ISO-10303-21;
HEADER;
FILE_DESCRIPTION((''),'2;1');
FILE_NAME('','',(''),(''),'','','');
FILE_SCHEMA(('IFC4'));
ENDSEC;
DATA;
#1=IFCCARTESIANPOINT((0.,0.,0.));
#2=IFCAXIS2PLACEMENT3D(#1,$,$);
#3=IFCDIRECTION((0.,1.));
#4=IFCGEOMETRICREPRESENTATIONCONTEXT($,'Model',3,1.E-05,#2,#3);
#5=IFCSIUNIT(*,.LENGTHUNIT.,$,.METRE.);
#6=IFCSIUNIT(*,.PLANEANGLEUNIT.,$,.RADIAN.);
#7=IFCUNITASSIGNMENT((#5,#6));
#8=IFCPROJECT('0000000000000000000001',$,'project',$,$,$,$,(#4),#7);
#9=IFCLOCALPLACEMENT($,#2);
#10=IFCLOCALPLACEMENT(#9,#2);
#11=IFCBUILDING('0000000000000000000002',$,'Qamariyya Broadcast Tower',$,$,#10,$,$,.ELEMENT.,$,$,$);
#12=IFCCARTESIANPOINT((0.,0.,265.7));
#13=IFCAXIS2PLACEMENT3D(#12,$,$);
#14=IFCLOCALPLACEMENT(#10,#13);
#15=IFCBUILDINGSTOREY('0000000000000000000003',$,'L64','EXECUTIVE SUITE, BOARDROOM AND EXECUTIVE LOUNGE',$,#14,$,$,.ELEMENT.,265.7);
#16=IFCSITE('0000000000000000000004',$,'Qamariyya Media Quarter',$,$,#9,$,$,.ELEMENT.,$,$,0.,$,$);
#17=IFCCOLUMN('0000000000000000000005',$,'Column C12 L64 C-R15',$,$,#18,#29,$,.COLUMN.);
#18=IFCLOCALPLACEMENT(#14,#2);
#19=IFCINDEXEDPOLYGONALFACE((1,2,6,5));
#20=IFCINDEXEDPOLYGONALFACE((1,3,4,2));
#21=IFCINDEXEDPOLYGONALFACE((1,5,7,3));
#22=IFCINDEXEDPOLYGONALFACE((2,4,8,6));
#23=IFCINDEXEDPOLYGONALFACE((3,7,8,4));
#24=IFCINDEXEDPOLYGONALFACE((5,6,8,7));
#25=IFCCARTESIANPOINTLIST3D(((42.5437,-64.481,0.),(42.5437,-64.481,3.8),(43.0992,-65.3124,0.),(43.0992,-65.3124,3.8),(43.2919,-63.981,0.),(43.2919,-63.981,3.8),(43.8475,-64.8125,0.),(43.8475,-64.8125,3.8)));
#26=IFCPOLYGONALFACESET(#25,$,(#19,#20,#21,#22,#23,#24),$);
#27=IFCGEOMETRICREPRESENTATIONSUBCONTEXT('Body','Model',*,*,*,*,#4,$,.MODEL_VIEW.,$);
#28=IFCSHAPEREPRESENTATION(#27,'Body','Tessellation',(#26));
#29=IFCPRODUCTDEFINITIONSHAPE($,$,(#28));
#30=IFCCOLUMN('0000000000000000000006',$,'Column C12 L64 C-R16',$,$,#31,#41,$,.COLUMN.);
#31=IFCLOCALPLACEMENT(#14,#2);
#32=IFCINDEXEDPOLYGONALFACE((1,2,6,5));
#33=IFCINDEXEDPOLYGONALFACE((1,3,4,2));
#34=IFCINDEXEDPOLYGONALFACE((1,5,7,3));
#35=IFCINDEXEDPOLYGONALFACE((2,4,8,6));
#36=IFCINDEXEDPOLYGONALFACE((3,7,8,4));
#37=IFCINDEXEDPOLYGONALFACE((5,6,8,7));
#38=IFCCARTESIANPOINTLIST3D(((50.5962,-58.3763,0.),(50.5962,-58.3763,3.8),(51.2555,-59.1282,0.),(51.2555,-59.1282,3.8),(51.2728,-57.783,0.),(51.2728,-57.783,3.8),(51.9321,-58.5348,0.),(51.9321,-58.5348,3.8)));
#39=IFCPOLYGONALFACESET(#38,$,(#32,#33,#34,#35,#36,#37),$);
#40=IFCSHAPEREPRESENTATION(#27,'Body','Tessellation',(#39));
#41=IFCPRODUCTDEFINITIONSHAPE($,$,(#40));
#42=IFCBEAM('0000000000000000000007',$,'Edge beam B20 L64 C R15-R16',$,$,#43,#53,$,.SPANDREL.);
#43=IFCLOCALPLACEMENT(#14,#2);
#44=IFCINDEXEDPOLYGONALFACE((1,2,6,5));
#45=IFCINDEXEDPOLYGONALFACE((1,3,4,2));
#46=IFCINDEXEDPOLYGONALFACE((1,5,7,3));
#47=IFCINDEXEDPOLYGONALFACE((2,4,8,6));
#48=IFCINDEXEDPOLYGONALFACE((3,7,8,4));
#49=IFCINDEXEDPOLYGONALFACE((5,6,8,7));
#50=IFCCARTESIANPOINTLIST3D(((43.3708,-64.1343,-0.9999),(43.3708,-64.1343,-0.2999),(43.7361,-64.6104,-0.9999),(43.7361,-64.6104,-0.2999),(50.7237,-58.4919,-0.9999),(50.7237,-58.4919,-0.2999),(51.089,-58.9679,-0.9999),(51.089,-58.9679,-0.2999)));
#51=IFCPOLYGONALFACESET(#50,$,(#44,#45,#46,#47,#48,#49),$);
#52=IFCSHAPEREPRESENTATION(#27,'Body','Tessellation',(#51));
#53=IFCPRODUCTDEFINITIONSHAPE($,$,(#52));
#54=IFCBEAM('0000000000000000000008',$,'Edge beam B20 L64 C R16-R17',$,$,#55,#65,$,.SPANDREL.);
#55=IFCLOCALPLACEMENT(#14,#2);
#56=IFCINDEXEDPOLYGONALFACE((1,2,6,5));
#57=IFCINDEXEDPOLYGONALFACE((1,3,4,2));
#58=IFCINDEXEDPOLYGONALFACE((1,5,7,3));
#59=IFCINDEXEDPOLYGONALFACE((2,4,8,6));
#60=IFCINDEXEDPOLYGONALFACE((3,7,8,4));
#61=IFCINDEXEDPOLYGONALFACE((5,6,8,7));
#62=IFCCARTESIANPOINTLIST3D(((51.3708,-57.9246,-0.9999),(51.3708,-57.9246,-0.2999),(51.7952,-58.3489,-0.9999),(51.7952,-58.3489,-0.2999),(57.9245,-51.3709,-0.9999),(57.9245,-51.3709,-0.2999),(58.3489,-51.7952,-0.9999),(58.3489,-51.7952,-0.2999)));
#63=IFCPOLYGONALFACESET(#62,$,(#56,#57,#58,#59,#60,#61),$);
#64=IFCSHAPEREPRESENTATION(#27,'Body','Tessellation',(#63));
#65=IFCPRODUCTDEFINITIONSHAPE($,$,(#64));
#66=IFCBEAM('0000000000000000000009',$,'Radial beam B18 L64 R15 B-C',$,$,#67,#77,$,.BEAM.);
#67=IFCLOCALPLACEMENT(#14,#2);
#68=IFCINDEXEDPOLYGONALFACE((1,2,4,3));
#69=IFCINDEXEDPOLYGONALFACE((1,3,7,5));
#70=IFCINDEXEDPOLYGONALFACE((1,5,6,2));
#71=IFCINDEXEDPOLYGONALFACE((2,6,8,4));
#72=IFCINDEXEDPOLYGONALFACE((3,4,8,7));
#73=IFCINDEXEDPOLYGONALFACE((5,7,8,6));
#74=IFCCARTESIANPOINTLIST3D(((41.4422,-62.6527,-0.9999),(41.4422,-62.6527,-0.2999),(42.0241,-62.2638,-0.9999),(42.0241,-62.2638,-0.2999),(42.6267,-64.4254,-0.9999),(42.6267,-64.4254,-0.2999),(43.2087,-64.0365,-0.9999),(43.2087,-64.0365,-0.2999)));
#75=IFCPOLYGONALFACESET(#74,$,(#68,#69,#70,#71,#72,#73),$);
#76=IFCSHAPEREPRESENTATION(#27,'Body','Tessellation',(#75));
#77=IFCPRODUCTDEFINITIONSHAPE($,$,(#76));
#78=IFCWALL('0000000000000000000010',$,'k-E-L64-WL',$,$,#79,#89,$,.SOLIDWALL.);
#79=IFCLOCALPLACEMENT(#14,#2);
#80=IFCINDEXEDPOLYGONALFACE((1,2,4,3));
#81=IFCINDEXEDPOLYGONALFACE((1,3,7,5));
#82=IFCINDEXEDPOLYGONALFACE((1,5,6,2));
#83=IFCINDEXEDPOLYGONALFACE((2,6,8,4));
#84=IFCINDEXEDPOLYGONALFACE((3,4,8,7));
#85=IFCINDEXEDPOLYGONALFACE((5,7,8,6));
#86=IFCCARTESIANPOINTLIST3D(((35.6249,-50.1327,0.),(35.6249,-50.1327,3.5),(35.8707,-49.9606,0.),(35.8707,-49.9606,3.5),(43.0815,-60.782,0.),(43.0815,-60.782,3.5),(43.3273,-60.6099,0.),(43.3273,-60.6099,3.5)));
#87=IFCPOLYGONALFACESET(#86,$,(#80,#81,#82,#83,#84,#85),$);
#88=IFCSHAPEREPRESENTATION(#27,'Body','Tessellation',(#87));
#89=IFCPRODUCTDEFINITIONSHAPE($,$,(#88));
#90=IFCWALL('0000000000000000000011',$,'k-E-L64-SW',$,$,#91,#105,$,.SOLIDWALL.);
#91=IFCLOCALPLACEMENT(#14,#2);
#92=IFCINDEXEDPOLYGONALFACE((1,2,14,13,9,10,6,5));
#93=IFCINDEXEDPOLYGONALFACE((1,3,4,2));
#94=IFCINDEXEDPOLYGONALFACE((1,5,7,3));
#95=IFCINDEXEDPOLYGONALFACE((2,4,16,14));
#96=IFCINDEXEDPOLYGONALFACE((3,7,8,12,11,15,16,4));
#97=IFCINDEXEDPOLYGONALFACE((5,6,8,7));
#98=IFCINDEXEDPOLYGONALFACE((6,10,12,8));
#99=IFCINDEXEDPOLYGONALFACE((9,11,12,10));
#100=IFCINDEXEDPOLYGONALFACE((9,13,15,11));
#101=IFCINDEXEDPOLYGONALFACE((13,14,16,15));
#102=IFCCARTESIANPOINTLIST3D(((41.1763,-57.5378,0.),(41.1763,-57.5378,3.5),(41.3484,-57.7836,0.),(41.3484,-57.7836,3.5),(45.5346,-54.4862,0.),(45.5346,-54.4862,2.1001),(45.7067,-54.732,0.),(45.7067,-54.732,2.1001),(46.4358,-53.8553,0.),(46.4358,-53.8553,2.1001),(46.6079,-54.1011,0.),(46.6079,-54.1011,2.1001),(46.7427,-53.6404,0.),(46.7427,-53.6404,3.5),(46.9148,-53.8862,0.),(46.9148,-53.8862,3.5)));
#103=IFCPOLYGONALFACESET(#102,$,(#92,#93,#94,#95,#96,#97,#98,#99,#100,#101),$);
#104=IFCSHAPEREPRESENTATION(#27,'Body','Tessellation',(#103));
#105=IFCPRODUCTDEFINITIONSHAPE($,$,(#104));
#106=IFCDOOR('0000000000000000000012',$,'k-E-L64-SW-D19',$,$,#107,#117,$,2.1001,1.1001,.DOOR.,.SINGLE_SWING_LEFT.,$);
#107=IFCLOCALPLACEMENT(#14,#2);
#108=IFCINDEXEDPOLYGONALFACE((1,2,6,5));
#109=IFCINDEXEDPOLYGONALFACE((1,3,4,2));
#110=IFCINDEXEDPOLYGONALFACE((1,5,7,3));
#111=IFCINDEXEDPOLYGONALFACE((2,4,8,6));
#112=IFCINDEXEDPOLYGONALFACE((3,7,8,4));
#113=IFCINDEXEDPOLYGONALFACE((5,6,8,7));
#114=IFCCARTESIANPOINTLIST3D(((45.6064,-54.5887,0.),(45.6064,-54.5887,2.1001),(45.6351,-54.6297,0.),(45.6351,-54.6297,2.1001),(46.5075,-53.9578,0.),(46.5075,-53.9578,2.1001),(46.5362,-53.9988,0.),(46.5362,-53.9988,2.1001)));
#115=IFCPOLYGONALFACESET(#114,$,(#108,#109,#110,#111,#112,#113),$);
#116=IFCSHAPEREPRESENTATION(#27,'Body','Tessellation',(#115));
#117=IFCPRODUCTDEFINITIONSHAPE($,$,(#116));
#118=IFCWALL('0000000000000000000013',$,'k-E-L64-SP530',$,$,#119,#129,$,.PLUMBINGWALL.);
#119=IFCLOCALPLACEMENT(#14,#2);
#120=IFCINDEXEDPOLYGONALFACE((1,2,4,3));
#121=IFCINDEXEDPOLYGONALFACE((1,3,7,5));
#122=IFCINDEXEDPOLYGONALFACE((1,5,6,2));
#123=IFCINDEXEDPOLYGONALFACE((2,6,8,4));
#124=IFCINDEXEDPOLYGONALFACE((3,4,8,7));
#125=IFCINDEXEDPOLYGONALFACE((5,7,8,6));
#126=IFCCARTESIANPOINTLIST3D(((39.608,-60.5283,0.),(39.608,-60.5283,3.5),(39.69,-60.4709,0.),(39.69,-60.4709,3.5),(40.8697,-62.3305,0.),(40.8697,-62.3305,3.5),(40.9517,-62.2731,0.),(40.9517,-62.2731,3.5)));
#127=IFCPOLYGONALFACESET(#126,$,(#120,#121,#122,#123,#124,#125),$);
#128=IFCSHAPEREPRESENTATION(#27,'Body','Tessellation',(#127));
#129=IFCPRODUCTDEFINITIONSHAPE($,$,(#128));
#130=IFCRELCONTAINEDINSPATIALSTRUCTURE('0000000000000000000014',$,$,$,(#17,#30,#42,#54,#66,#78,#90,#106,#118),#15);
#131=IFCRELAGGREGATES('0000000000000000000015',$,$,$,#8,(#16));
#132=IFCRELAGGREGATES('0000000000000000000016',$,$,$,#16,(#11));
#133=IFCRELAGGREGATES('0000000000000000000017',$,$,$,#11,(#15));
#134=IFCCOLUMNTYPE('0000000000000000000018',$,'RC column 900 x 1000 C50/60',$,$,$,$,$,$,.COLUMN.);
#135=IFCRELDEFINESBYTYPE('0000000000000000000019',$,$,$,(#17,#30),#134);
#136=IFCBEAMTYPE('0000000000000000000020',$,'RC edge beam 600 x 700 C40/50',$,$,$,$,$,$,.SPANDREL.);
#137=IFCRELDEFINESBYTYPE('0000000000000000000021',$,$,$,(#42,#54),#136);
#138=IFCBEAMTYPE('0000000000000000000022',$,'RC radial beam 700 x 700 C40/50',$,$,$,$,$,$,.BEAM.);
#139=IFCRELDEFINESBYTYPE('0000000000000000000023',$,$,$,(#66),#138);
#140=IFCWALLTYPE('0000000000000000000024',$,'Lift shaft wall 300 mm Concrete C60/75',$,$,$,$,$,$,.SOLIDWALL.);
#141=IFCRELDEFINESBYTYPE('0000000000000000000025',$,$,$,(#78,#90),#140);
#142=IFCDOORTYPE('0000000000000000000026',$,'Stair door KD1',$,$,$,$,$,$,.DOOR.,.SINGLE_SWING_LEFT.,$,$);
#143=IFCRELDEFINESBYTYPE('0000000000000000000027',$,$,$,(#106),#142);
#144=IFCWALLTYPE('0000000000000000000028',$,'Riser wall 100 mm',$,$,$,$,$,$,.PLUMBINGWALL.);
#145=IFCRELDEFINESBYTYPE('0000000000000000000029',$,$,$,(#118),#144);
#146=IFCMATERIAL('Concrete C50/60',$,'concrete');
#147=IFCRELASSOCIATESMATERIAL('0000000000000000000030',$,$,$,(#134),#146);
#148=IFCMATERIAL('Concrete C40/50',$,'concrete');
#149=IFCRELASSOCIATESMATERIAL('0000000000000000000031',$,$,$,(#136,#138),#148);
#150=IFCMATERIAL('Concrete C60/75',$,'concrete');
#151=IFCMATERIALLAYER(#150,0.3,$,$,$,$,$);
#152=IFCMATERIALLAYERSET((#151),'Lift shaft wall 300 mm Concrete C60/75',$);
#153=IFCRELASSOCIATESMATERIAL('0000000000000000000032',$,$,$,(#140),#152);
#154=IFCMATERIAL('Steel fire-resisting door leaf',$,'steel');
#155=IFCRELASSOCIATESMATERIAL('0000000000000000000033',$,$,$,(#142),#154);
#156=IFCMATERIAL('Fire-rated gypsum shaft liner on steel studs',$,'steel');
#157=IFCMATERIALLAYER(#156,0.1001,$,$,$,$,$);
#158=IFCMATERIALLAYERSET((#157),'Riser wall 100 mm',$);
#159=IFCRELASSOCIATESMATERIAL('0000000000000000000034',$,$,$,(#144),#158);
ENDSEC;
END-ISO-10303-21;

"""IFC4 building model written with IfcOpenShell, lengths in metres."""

from ifc_helpers import new_model, si_unit, direction, frame, frame_2d, origin, origin_2d, place, context, subcontext, project, spatial, rectangle, extrude, material, layer, layer_set, material_profile, profile_set, type_object, element, fill, save


model = new_model("IFC4")

# Units and contexts
model_context = context("Model", 3, precision=1e-05, world=origin(), true_north=direction((0.0, 1.0)))
body_context = subcontext(model_context, "Body", "Model", "MODEL_VIEW")
ifc_project = project(units=[si_unit("LENGTHUNIT", "METRE"), si_unit("PLANEANGLEUNIT", "RADIAN")], contexts=[model_context])

# Site, building, storey
site_placement = place(None, origin())
site = spatial("IfcSite", under=ifc_project, at=site_placement, Name="Qamariyya Media Quarter", CompositionType="ELEMENT", RefElevation=0.0)
building_placement = place(site_placement, origin())
building = spatial("IfcBuilding", under=site, at=building_placement, Name="Qamariyya Broadcast Tower", CompositionType="ELEMENT")
storey_placement = place(building_placement, frame((0.0, 0.0, 265.7)))
storey = spatial("IfcBuildingStorey", under=building, at=storey_placement, Name="L64", Description="EXECUTIVE SUITE, BOARDROOM AND EXECUTIVE LOUNGE", CompositionType="ELEMENT", Elevation=265.7)

# Columns
ifc_material_1 = material(Name="Concrete C50/60", Category="concrete")
ifc_material_profile_1 = material_profile(ifc_material_1, rectangle(XDim=0.8999, YDim=1.0, at=origin_2d()))
ifc_profile_set_1 = profile_set([ifc_material_profile_1], Name="Concrete C50/60")
column_type = type_object("IfcColumnType", Name="RC column 900 x 1000 C50/60", PredefinedType="COLUMN", material=ifc_profile_set_1)
for number, where, z_axis, x_axis, name in (
    (1, (43.1956, -64.6467, 0.0), (0.0, 0.0, 1.0), (0.83147, 0.55557, 0.0), "Column C12 L64 C-R15"),
    (2, (51.2642, -58.4556, 0.0), (0.0, 0.0, 1.0), (0.75184, 0.659346, 0.0), "Column C12 L64 C-R16"),
):
    element("IfcColumn", number, at=place(storey_placement, frame(where, z_axis=z_axis, x_axis=x_axis)), inside=storey, type_object=column_type, Name=name, PredefinedType="COLUMN", context=body_context, shape_type="SweptSolid", body=[
        extrude(rectangle(XDim=0.8999, YDim=1.0, at=origin_2d()), origin(), (0.0, 0.0, 1.0), 3.8),
    ])

# Beams
ifc_material_2 = material(Name="Concrete C40/50", Category="concrete")
ifc_material_profile_2 = material_profile(ifc_material_2, rectangle(XDim=0.6001, YDim=0.7, at=origin_2d()))
ifc_profile_set_2 = profile_set([ifc_material_profile_2], Name="Concrete C40/50")
beam_type_1 = type_object("IfcBeamType", Name="RC edge beam 600 x 700 C40/50", PredefinedType="SPANDREL", material=ifc_profile_set_2)
for number, where, z_axis, x_axis, name in (
    (3, (43.5535, -64.3723, -0.6499), (0.793335, 0.608785, 0.0), (-0.608785, 0.793335, 0.0), "Edge beam B20 L64 C R15-R16"),
    (4, (51.583, -58.1367, -0.6499), (0.707107, 0.707107, 0.0), (-0.707107, 0.707107, 0.0), "Edge beam B20 L64 C R16-R17"),
):
    element("IfcBeam", number, at=place(storey_placement, frame(where, z_axis=z_axis, x_axis=x_axis)), inside=storey, type_object=beam_type_1, Name=name, PredefinedType="SPANDREL", context=body_context, shape_type="SweptSolid", body=[
        extrude(rectangle(XDim=0.6001, YDim=0.7, at=origin_2d()), origin(), (0.0, 0.0, 1.0), 9.2683),
    ])
ifc_material_profile_3 = material_profile(ifc_material_2, rectangle(XDim=0.7, YDim=0.7, at=origin_2d()))
ifc_profile_set_3 = profile_set([ifc_material_profile_3], Name="Concrete C40/50")
beam_type_2 = type_object("IfcBeamType", Name="RC radial beam 700 x 700 C40/50", PredefinedType="BEAM", material=ifc_profile_set_3)
beam_placement = place(storey_placement, frame((41.7332, -62.4583, -0.6499), z_axis=(0.555598, -0.831451, 0.0), x_axis=(0.831451, 0.555598, 0.0)))
element("IfcBeam", 5, at=beam_placement, inside=storey, type_object=beam_type_2, Name="Radial beam B18 L64 R15 B-C", PredefinedType="BEAM", context=body_context, shape_type="SweptSolid", body=[
    extrude(rectangle(XDim=0.7, YDim=0.7, at=origin_2d()), origin(), (0.0, 0.0, 1.0), 2.1321),
])

# Wall
ifc_material_3 = material(Name="Concrete C60/75", Category="concrete")
ifc_layer_1 = layer(ifc_material_3, 0.3)
ifc_layer_set_1 = layer_set([ifc_layer_1], Name="Lift shaft wall 300 mm Concrete C60/75")
wall_type_1 = type_object("IfcWallType", Name="Lift shaft wall 300 mm Concrete C60/75", PredefinedType="SOLIDWALL", material=ifc_layer_set_1)
wall_1_placement = place(storey_placement, frame((43.2043, -60.6958, 0.0), z_axis=(0.0, 0.0, 1.0), x_axis=(-0.573572, 0.819155, 0.0)))
element("IfcWall", 6, at=wall_1_placement, inside=storey, type_object=wall_type_1, Name="k-E-L64-WL", PredefinedType="SOLIDWALL", context=body_context, shape_type="SweptSolid", body=[
    extrude(rectangle(XDim=13.0002, YDim=0.3, at=frame_2d((6.5, 0.0))), origin(), (0.0, 0.0, 1.0), 3.5),
])

# Wall, opening, door
wall_2_placement = place(storey_placement, frame((41.2625, -57.6606, 0.0), z_axis=(0.0, 0.0, 1.0), x_axis=(0.819164, 0.573559, 0.0)))
wall_2 = element("IfcWall", 7, at=wall_2_placement, inside=storey, type_object=wall_type_1, Name="k-E-L64-SW", PredefinedType="SOLIDWALL", context=body_context, shape_type="SweptSolid", body=[
    extrude(rectangle(XDim=6.7952, YDim=0.3, at=frame_2d((3.3975, 0.0))), origin(), (0.0, 0.0, 1.0), 3.5),
])
opening_placement = place(wall_2_placement, frame((5.3203, 0.0, 0.0)))
opening = element("IfcOpeningElement", 8, at=opening_placement, cuts=wall_2, PredefinedType="OPENING", context=body_context, shape_type="SweptSolid", body=[
    extrude(rectangle(XDim=1.1001, YDim=2.1001, at=frame_2d((0.55, 1.05))), frame((0.0, 0.1599, 0.0), z_axis=(0.0, -1.0, 0.0), x_axis=(1.0, 0.0, 0.0)), (0.0, 0.0, 1.0), 0.3201),
])
ifc_material_4 = material(Name="Steel fire-resisting door leaf", Category="steel")
door_type = type_object("IfcDoorType", Name="Stair door KD1", OperationType="SINGLE_SWING_LEFT", PredefinedType="DOOR", material=ifc_material_4)
door_placement = place(opening_placement, origin())
door = element("IfcDoor", 9, at=door_placement, inside=storey, type_object=door_type, Name="k-E-L64-SW-D19", OperationType="SINGLE_SWING_LEFT", OverallHeight=2.1001, OverallWidth=1.1001, PredefinedType="DOOR", context=body_context, shape_type="SweptSolid", body=[
    extrude(rectangle(XDim=1.1001, YDim=2.1001, at=frame_2d((0.55, 1.05))), frame((0.0, 0.0249, 0.0), z_axis=(0.0, -1.0, 0.0), x_axis=(1.0, 0.0, 0.0)), (0.0, 0.0, 1.0), 0.05),
])
fill(opening, door)

# Wall
ifc_material_5 = material(Name="Fire-rated gypsum shaft liner on steel studs", Category="steel")
ifc_layer_2 = layer(ifc_material_5, 0.1001)
ifc_layer_set_2 = layer_set([ifc_layer_2], Name="Riser wall 100 mm")
wall_type_2 = type_object("IfcWallType", Name="Riser wall 100 mm", PredefinedType="PLUMBINGWALL", material=ifc_layer_set_2)
wall_3_placement = place(storey_placement, frame((39.6489, -60.4995, 0.0), z_axis=(0.0, 0.0, 1.0), x_axis=(0.573507, -0.819201, 0.0)))
element("IfcWall", 10, at=wall_3_placement, inside=storey, type_object=wall_type_2, Name="k-E-L64-SP530", PredefinedType="PLUMBINGWALL", context=body_context, shape_type="SweptSolid", body=[
    extrude(rectangle(XDim=2.2, YDim=0.1001, at=frame_2d((1.1001, 0.0))), origin(), (0.0, 0.0, 1.0), 3.5),
])

save(model, "model.ifc")
